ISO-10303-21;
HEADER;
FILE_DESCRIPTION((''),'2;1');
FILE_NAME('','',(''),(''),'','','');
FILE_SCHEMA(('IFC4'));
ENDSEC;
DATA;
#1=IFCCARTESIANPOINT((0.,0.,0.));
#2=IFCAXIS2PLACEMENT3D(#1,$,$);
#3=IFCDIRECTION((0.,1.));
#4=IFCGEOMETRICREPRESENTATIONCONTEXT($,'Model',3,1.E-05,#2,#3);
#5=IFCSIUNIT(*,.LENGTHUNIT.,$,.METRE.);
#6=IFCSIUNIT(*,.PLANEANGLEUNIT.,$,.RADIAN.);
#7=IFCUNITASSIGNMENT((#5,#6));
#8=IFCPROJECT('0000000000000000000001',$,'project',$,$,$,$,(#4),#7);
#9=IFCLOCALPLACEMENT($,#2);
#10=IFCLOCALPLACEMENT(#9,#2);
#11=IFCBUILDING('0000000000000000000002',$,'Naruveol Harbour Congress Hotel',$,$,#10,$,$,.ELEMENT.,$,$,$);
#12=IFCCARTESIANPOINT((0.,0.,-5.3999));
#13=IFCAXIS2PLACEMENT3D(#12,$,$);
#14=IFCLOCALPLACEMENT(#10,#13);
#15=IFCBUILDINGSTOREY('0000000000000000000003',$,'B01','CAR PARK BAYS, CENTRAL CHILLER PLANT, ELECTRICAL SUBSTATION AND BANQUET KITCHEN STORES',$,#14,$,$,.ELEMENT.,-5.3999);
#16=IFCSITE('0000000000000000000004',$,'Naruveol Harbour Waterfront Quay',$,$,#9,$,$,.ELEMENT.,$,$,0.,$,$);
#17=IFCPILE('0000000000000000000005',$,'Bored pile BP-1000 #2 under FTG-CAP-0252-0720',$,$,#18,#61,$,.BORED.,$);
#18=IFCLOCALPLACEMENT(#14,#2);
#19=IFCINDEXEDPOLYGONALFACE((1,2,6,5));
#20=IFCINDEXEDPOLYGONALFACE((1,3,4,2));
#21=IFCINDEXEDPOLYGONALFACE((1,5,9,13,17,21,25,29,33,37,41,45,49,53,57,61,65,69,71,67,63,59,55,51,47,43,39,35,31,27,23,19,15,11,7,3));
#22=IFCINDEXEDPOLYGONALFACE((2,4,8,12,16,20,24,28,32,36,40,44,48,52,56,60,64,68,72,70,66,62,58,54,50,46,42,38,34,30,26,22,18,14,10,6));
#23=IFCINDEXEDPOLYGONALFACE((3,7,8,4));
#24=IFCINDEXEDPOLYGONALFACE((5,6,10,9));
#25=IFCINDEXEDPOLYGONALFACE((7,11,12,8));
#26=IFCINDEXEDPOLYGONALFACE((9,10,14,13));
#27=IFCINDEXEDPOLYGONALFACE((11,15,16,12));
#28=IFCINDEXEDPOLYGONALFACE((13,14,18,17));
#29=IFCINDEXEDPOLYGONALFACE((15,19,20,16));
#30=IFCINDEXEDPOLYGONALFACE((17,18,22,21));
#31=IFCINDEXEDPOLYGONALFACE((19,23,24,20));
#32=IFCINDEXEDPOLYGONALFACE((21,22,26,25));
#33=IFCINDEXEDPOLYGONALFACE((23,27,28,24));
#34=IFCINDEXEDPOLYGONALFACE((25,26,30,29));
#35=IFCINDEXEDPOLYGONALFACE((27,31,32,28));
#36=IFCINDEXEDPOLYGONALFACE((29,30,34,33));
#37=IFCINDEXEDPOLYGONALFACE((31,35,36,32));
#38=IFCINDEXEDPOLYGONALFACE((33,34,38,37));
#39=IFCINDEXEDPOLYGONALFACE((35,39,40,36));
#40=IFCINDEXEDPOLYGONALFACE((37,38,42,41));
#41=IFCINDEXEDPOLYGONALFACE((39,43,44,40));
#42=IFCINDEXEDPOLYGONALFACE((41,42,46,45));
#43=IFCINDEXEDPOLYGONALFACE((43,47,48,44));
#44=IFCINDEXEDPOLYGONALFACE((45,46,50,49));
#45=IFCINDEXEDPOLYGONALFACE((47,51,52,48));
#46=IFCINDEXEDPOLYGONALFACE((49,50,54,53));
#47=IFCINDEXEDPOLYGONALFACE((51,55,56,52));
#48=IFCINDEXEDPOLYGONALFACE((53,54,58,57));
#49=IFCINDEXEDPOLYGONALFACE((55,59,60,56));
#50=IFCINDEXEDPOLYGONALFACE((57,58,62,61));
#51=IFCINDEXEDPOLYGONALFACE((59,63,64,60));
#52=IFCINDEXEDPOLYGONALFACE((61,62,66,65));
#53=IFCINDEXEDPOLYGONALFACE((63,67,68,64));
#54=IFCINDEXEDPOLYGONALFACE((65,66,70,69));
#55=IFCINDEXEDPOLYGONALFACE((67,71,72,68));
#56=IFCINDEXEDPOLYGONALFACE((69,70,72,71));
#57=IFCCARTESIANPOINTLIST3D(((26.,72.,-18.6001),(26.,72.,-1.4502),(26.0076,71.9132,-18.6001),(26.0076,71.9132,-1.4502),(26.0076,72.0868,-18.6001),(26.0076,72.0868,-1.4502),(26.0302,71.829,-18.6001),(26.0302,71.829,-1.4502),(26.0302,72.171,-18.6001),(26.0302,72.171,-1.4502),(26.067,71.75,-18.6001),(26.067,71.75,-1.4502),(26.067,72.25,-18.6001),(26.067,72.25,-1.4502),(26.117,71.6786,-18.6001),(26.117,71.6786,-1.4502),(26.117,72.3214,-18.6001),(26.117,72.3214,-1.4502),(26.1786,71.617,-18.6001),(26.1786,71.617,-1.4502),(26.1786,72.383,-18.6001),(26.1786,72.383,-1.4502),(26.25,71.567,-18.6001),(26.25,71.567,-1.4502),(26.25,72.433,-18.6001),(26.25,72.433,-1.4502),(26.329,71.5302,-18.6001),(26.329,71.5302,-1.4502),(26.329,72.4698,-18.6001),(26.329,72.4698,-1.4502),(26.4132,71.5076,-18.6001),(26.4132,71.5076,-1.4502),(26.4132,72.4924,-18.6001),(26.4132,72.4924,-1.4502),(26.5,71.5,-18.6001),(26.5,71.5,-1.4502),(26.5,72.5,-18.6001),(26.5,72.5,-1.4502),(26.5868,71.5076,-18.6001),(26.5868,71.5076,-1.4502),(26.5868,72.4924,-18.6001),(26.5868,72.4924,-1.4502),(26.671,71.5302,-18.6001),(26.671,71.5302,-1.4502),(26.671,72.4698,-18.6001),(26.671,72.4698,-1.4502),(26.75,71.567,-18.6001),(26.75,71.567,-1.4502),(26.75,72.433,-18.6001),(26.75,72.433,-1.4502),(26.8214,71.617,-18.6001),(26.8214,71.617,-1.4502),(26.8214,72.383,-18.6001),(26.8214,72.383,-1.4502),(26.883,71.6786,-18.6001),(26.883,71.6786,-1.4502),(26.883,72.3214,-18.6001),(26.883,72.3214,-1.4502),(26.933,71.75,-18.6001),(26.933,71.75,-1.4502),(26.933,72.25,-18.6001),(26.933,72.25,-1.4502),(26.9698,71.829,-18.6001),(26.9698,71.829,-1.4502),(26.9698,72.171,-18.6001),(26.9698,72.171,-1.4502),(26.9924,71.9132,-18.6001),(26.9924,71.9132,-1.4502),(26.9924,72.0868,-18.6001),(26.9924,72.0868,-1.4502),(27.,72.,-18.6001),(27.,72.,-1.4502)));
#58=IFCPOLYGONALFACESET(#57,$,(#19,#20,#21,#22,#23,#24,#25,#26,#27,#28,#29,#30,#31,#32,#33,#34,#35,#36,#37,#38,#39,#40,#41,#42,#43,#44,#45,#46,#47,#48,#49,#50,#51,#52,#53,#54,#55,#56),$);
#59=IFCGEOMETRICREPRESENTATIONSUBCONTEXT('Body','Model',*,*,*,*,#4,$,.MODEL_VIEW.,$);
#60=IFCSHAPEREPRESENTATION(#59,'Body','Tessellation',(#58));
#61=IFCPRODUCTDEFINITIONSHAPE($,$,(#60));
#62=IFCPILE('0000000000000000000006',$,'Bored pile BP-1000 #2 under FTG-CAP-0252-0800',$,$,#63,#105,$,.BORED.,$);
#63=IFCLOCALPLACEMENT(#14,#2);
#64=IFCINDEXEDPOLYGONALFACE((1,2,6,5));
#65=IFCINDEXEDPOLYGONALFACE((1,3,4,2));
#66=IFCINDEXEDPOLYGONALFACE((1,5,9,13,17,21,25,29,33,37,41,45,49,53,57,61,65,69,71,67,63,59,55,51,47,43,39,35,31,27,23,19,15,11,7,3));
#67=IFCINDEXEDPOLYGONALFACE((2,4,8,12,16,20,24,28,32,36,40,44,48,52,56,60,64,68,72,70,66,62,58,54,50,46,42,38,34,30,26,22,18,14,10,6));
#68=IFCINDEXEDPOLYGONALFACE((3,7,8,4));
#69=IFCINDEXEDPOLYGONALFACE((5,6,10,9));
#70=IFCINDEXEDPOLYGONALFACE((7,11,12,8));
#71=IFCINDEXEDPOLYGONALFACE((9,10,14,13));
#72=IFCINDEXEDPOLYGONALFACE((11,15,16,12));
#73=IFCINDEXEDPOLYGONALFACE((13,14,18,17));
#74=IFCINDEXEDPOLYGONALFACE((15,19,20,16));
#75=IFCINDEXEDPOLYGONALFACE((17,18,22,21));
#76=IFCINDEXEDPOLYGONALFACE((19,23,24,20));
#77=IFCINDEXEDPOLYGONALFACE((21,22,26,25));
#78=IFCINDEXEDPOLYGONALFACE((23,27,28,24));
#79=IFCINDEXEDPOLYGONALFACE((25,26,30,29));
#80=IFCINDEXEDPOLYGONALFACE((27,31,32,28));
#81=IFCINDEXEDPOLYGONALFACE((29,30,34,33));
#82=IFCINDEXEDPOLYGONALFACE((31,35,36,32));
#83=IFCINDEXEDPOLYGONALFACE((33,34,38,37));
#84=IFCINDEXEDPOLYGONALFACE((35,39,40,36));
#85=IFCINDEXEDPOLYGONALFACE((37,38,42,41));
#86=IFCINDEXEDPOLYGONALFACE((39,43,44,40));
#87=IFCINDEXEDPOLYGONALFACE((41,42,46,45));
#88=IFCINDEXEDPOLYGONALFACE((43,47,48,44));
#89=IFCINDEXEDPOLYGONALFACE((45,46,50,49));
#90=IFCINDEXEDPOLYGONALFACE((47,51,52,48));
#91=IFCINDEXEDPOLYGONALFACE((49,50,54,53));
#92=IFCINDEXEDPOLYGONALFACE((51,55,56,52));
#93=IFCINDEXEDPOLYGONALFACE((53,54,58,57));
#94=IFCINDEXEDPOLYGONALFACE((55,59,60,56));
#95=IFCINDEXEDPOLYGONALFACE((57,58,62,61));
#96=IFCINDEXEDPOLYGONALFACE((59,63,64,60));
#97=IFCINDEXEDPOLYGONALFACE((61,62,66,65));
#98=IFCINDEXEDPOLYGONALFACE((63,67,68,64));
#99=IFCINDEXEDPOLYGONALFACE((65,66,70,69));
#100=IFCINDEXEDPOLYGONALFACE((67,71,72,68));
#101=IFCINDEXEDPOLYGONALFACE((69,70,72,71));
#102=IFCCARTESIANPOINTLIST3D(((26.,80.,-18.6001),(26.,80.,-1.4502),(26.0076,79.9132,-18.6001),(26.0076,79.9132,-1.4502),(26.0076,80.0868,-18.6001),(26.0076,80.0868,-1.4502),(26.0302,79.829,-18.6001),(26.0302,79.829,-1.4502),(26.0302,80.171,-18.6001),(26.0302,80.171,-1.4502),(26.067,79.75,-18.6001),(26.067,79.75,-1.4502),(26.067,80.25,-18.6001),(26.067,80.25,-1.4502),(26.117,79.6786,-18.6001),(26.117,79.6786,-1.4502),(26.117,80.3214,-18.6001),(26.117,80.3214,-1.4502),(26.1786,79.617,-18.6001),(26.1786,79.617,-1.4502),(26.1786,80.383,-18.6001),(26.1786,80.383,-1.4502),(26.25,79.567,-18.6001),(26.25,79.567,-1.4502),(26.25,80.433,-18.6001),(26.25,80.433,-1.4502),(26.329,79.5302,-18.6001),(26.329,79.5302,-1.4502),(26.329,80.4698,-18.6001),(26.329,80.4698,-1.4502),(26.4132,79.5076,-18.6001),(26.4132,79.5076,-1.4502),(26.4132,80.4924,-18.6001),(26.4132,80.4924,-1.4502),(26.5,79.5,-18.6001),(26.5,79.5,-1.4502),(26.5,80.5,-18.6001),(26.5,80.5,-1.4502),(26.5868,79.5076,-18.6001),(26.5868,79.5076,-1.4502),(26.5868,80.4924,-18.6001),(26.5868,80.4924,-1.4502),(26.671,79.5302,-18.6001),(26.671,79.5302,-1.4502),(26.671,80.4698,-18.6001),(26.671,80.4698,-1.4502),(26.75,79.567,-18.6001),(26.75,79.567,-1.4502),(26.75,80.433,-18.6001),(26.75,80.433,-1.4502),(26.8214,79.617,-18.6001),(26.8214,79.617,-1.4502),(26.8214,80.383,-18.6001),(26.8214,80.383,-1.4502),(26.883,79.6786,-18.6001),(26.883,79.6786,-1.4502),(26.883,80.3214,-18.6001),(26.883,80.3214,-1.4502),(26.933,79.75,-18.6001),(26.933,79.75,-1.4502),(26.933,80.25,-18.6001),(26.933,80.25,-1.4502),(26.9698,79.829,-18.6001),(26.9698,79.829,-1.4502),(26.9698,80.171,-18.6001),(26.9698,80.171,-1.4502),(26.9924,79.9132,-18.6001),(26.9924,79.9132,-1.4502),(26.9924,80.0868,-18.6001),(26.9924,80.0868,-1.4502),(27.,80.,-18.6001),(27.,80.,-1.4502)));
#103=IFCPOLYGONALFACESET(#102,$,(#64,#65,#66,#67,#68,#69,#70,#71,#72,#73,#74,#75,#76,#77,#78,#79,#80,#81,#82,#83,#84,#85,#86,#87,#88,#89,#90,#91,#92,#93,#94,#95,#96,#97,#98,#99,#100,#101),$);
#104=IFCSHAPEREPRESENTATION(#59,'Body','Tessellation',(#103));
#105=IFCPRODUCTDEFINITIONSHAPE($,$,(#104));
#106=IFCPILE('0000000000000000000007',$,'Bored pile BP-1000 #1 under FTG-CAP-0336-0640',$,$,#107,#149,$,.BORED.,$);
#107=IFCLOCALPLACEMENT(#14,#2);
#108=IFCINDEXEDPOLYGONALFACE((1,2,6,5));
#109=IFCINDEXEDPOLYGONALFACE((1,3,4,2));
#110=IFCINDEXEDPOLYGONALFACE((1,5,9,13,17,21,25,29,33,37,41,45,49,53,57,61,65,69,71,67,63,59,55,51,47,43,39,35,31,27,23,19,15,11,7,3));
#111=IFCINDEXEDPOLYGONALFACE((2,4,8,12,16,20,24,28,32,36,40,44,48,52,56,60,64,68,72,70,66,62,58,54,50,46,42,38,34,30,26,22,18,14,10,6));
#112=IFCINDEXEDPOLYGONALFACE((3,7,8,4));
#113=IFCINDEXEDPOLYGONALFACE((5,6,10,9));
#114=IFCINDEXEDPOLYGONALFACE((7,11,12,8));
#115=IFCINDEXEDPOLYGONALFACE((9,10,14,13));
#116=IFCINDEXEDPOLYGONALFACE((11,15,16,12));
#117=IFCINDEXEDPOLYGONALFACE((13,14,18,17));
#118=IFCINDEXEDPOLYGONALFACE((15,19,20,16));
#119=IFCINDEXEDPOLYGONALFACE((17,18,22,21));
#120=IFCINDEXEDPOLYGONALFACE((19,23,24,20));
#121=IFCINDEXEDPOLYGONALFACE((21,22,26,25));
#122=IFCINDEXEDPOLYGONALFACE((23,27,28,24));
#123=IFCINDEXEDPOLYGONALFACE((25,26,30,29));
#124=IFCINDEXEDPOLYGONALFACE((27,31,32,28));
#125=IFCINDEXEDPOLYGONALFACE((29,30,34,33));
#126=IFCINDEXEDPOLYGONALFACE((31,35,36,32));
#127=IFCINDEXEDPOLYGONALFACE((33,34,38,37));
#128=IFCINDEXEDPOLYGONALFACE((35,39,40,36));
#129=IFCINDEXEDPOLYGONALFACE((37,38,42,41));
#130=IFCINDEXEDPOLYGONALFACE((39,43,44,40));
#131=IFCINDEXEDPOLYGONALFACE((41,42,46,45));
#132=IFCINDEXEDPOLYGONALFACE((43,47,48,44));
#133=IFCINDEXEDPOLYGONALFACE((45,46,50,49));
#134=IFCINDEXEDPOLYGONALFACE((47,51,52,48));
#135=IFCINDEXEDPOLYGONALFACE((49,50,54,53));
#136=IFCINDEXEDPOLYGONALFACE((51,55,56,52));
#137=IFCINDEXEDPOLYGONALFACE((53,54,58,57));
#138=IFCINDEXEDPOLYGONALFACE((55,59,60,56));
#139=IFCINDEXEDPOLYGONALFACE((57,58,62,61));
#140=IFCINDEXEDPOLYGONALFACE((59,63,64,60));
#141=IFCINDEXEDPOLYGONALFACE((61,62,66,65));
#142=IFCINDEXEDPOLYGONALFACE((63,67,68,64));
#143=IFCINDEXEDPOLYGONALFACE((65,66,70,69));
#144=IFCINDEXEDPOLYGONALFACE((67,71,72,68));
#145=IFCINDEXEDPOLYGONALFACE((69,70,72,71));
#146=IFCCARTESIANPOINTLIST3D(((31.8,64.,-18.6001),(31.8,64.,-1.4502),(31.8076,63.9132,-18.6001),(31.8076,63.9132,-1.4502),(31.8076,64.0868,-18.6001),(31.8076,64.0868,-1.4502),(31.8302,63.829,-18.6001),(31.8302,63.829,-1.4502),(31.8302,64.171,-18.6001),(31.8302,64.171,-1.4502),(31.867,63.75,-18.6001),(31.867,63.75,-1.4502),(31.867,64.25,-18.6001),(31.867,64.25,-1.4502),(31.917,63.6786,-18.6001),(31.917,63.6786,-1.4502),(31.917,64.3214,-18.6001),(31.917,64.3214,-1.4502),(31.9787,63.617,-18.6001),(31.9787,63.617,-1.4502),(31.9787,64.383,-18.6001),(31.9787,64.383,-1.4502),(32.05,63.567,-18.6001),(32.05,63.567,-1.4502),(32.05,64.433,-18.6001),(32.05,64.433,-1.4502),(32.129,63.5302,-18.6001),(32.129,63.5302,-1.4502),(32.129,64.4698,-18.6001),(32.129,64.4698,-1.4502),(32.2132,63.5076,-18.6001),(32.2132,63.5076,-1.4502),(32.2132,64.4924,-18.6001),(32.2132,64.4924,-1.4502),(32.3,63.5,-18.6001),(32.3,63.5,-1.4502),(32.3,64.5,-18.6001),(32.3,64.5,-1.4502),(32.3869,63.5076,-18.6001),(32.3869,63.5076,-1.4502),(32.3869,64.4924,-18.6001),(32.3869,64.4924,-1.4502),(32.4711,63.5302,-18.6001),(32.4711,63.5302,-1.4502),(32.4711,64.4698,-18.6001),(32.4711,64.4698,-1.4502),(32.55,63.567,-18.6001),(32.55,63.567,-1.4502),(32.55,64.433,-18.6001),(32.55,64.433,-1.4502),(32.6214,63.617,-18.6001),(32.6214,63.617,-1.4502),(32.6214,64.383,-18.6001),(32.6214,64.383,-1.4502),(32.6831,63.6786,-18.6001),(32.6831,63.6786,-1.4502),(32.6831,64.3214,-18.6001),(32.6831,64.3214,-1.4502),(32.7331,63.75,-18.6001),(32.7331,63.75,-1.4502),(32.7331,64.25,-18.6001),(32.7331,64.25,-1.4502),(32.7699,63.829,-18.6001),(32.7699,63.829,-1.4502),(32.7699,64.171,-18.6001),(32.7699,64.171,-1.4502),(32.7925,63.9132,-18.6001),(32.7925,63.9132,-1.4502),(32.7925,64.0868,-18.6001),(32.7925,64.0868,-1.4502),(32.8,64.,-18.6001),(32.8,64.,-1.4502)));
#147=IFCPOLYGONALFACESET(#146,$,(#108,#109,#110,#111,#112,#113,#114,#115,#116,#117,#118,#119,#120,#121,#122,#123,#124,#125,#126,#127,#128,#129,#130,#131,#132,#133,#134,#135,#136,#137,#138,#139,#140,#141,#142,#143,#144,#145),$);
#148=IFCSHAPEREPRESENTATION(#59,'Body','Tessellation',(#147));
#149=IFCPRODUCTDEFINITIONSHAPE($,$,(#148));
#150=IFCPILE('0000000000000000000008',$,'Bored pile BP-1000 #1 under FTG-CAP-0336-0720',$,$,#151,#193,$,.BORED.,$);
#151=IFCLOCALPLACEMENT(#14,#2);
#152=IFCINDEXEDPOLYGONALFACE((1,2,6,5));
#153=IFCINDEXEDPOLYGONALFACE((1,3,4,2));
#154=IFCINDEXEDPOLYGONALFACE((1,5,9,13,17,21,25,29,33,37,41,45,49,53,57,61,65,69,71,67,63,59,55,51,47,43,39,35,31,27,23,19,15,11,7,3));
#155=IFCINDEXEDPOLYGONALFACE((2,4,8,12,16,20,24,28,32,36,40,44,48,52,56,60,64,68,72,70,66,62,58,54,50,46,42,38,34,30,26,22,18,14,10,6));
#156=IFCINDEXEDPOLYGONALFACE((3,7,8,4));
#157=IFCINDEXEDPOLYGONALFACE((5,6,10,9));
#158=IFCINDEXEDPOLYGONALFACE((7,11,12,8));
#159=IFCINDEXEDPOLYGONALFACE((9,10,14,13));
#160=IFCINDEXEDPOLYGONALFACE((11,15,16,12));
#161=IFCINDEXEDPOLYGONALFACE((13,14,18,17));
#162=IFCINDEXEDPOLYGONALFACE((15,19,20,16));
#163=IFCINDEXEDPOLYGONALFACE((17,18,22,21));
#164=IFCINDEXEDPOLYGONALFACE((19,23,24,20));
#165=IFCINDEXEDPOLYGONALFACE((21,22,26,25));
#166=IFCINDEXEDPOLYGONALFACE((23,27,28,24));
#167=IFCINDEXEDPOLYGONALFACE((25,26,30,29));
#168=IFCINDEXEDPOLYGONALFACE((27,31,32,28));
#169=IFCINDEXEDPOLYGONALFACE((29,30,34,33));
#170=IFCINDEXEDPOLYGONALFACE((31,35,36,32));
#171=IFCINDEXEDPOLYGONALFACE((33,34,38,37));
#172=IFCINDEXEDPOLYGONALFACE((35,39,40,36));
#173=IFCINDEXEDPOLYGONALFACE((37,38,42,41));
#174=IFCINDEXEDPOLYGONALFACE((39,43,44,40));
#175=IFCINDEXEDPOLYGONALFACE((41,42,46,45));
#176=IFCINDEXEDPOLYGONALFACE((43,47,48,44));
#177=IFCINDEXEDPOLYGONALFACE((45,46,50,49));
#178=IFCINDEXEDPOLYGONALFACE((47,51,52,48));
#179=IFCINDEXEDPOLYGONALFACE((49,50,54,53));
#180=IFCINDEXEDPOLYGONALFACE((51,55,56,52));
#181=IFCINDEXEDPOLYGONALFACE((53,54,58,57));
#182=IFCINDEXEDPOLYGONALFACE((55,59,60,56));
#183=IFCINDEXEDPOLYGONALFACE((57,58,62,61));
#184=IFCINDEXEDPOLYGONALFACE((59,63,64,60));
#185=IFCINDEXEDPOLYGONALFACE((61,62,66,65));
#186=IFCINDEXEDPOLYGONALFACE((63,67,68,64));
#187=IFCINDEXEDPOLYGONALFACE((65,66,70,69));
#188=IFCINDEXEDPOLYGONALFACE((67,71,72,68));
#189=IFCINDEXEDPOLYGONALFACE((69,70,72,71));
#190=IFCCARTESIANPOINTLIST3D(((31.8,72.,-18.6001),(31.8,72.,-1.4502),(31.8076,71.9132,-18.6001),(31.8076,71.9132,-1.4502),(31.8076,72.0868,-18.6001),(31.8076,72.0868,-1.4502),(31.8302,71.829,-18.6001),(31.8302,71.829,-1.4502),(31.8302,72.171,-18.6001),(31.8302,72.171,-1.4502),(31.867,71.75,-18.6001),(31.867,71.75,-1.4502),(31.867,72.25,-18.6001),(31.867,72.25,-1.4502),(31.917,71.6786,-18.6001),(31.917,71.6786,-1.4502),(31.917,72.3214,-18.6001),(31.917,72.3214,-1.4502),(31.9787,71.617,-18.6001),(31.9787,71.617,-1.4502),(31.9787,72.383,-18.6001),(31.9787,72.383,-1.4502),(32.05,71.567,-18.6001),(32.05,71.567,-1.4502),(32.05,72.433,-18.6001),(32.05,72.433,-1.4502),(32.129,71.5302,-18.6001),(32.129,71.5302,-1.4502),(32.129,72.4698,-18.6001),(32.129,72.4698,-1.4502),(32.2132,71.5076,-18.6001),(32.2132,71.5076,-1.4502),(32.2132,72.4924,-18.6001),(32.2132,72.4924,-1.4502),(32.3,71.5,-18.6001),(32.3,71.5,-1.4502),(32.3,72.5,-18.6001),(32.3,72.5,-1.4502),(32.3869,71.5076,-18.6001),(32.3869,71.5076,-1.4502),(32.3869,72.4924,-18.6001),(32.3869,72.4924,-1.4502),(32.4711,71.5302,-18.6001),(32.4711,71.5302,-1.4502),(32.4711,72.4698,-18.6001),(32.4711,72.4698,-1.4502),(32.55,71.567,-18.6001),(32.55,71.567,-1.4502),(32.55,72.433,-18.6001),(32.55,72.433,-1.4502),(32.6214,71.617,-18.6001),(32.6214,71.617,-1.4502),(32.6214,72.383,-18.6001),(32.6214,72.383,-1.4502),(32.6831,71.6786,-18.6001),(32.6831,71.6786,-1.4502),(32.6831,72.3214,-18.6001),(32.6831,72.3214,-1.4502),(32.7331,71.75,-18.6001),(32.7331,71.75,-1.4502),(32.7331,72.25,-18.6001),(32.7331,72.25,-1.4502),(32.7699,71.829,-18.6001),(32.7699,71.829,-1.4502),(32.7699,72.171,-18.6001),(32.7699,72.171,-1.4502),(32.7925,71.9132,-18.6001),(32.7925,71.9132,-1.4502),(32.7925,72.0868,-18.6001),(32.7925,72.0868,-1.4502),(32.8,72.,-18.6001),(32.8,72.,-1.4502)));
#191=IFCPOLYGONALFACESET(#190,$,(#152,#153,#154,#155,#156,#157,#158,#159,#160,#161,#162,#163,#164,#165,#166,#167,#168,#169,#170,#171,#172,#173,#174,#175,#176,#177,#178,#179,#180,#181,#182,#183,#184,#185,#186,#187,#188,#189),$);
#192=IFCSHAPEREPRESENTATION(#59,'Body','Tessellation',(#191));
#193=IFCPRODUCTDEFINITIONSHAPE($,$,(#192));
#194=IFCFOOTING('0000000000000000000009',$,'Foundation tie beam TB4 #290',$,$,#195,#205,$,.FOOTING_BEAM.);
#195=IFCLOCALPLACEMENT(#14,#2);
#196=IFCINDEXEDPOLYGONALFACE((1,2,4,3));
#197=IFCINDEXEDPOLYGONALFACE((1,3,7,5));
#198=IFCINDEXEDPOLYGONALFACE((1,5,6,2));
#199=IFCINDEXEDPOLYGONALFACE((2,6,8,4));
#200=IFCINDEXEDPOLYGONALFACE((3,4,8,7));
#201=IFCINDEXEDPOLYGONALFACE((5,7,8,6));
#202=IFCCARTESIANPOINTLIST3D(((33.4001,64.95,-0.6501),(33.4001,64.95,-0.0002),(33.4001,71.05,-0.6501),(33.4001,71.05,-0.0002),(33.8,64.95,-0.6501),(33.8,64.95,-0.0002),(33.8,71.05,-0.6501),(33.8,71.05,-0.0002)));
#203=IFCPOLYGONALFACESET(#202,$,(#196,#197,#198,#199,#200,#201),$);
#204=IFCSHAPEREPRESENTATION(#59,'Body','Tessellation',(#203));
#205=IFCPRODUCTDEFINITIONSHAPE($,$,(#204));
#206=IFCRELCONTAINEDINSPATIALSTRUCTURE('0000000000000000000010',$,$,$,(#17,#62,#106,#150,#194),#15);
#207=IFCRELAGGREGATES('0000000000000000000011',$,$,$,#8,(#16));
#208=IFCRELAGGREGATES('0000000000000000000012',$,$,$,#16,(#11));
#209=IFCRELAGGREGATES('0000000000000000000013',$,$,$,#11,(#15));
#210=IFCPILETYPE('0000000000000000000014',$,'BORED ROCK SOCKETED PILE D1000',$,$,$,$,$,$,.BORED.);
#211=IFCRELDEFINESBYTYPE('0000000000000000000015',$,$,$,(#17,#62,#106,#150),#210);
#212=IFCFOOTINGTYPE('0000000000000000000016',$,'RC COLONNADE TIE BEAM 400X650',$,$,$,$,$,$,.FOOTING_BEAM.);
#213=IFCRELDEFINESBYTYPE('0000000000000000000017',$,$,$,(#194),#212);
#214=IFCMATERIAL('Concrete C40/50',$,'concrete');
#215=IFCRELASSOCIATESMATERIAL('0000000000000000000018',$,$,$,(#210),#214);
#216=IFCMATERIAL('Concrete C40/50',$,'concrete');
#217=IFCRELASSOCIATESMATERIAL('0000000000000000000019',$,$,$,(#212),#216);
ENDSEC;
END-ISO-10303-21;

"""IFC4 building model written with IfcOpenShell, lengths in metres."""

from ifc_helpers import new_model, si_unit, direction, frame, origin, origin_2d, place, context, subcontext, project, spatial, rectangle, circle, extrude, material, material_profile, profile_set, type_object, element, save


model = new_model("IFC4")

# Units and contexts
model_context = context("Model", 3, precision=1e-05, world=origin(), true_north=direction((0.0, 1.0)))
body_context = subcontext(model_context, "Body", "Model", "MODEL_VIEW")
ifc_project = project(units=[si_unit("LENGTHUNIT", "METRE"), si_unit("PLANEANGLEUNIT", "RADIAN")], contexts=[model_context])

# Site, building, storey
site_placement = place(None, origin())
site = spatial("IfcSite", under=ifc_project, at=site_placement, Name="Naruveol Harbour Waterfront Quay", CompositionType="ELEMENT", RefElevation=0.0)
building_placement = place(site_placement, origin())
building = spatial("IfcBuilding", under=site, at=building_placement, Name="Naruveol Harbour Congress Hotel", CompositionType="ELEMENT")
storey_placement = place(building_placement, frame((0.0, 0.0, -5.3999)))
storey = spatial("IfcBuildingStorey", under=building, at=storey_placement, Name="B01", Description="CAR PARK BAYS, CENTRAL CHILLER PLANT, ELECTRICAL SUBSTATION AND BANQUET KITCHEN STORES", CompositionType="ELEMENT", Elevation=-5.3999)

# Piles
ifc_material_1 = material(Name="Concrete C40/50", Category="concrete")
ifc_material_profile_1 = material_profile(ifc_material_1, circle(Radius=0.5, at=origin_2d()), Name="BP-1000")
ifc_profile_set_1 = profile_set([ifc_material_profile_1], Name="Concrete C40/50")
pile_type = type_object("IfcPileType", Name="BORED ROCK SOCKETED PILE D1000", PredefinedType="BORED", material=ifc_profile_set_1)
for number, where, z_axis, x_axis, name in (
    (1, (26.5, 72.0, -1.4502), (0.0, 0.0, -1.0), (1.0, 0.0, 0.0), "Bored pile BP-1000 #2 under FTG-CAP-0252-0720"),
    (2, (26.5, 80.0, -1.4502), (0.0, 0.0, -1.0), (1.0, 0.0, 0.0), "Bored pile BP-1000 #2 under FTG-CAP-0252-0800"),
    (3, (32.3, 64.0, -1.4502), (0.0, 0.0, -1.0), (1.0, 0.0, 0.0), "Bored pile BP-1000 #1 under FTG-CAP-0336-0640"),
    (4, (32.3, 72.0, -1.4502), (0.0, 0.0, -1.0), (1.0, 0.0, 0.0), "Bored pile BP-1000 #1 under FTG-CAP-0336-0720"),
):
    element("IfcPile", number, at=place(storey_placement, frame(where, z_axis=z_axis, x_axis=x_axis)), inside=storey, type_object=pile_type, Name=name, PredefinedType="BORED", context=body_context, shape_type="SweptSolid", body=[
        extrude(circle(Radius=0.5, at=origin_2d()), origin(), (0.0, 0.0, 1.0), 17.1499),
    ])

# Footing
ifc_material_2 = material(Name="Concrete C40/50", Category="concrete")
ifc_material_profile_2 = material_profile(ifc_material_2, rectangle(XDim=0.3999, YDim=0.6499, at=origin_2d()), Name="RCB-400x650")
ifc_profile_set_2 = profile_set([ifc_material_profile_2], Name="Concrete C40/50")
footing_type_1 = type_object("IfcFootingType", Name="RC COLONNADE TIE BEAM 400X650", PredefinedType="FOOTING_BEAM", material=ifc_profile_set_2)
for number, where, z_axis, x_axis, name in (
    (5, (33.6001, 64.95, -0.3252), (0.0, 1.0, 0.0), (-1.0, 0.0, 0.0), "Foundation tie beam TB4 #290"),
):
    element("IfcFooting", number, at=place(storey_placement, frame(where, z_axis=z_axis, x_axis=x_axis)), inside=storey, type_object=footing_type_1, Name=name, PredefinedType="FOOTING_BEAM", context=body_context, shape_type="SweptSolid", body=[
        extrude(rectangle(XDim=0.3999, YDim=0.6499, at=origin_2d()), origin(), (0.0, 0.0, 1.0), 6.1001),
    ])

save(model, "model.ifc")
